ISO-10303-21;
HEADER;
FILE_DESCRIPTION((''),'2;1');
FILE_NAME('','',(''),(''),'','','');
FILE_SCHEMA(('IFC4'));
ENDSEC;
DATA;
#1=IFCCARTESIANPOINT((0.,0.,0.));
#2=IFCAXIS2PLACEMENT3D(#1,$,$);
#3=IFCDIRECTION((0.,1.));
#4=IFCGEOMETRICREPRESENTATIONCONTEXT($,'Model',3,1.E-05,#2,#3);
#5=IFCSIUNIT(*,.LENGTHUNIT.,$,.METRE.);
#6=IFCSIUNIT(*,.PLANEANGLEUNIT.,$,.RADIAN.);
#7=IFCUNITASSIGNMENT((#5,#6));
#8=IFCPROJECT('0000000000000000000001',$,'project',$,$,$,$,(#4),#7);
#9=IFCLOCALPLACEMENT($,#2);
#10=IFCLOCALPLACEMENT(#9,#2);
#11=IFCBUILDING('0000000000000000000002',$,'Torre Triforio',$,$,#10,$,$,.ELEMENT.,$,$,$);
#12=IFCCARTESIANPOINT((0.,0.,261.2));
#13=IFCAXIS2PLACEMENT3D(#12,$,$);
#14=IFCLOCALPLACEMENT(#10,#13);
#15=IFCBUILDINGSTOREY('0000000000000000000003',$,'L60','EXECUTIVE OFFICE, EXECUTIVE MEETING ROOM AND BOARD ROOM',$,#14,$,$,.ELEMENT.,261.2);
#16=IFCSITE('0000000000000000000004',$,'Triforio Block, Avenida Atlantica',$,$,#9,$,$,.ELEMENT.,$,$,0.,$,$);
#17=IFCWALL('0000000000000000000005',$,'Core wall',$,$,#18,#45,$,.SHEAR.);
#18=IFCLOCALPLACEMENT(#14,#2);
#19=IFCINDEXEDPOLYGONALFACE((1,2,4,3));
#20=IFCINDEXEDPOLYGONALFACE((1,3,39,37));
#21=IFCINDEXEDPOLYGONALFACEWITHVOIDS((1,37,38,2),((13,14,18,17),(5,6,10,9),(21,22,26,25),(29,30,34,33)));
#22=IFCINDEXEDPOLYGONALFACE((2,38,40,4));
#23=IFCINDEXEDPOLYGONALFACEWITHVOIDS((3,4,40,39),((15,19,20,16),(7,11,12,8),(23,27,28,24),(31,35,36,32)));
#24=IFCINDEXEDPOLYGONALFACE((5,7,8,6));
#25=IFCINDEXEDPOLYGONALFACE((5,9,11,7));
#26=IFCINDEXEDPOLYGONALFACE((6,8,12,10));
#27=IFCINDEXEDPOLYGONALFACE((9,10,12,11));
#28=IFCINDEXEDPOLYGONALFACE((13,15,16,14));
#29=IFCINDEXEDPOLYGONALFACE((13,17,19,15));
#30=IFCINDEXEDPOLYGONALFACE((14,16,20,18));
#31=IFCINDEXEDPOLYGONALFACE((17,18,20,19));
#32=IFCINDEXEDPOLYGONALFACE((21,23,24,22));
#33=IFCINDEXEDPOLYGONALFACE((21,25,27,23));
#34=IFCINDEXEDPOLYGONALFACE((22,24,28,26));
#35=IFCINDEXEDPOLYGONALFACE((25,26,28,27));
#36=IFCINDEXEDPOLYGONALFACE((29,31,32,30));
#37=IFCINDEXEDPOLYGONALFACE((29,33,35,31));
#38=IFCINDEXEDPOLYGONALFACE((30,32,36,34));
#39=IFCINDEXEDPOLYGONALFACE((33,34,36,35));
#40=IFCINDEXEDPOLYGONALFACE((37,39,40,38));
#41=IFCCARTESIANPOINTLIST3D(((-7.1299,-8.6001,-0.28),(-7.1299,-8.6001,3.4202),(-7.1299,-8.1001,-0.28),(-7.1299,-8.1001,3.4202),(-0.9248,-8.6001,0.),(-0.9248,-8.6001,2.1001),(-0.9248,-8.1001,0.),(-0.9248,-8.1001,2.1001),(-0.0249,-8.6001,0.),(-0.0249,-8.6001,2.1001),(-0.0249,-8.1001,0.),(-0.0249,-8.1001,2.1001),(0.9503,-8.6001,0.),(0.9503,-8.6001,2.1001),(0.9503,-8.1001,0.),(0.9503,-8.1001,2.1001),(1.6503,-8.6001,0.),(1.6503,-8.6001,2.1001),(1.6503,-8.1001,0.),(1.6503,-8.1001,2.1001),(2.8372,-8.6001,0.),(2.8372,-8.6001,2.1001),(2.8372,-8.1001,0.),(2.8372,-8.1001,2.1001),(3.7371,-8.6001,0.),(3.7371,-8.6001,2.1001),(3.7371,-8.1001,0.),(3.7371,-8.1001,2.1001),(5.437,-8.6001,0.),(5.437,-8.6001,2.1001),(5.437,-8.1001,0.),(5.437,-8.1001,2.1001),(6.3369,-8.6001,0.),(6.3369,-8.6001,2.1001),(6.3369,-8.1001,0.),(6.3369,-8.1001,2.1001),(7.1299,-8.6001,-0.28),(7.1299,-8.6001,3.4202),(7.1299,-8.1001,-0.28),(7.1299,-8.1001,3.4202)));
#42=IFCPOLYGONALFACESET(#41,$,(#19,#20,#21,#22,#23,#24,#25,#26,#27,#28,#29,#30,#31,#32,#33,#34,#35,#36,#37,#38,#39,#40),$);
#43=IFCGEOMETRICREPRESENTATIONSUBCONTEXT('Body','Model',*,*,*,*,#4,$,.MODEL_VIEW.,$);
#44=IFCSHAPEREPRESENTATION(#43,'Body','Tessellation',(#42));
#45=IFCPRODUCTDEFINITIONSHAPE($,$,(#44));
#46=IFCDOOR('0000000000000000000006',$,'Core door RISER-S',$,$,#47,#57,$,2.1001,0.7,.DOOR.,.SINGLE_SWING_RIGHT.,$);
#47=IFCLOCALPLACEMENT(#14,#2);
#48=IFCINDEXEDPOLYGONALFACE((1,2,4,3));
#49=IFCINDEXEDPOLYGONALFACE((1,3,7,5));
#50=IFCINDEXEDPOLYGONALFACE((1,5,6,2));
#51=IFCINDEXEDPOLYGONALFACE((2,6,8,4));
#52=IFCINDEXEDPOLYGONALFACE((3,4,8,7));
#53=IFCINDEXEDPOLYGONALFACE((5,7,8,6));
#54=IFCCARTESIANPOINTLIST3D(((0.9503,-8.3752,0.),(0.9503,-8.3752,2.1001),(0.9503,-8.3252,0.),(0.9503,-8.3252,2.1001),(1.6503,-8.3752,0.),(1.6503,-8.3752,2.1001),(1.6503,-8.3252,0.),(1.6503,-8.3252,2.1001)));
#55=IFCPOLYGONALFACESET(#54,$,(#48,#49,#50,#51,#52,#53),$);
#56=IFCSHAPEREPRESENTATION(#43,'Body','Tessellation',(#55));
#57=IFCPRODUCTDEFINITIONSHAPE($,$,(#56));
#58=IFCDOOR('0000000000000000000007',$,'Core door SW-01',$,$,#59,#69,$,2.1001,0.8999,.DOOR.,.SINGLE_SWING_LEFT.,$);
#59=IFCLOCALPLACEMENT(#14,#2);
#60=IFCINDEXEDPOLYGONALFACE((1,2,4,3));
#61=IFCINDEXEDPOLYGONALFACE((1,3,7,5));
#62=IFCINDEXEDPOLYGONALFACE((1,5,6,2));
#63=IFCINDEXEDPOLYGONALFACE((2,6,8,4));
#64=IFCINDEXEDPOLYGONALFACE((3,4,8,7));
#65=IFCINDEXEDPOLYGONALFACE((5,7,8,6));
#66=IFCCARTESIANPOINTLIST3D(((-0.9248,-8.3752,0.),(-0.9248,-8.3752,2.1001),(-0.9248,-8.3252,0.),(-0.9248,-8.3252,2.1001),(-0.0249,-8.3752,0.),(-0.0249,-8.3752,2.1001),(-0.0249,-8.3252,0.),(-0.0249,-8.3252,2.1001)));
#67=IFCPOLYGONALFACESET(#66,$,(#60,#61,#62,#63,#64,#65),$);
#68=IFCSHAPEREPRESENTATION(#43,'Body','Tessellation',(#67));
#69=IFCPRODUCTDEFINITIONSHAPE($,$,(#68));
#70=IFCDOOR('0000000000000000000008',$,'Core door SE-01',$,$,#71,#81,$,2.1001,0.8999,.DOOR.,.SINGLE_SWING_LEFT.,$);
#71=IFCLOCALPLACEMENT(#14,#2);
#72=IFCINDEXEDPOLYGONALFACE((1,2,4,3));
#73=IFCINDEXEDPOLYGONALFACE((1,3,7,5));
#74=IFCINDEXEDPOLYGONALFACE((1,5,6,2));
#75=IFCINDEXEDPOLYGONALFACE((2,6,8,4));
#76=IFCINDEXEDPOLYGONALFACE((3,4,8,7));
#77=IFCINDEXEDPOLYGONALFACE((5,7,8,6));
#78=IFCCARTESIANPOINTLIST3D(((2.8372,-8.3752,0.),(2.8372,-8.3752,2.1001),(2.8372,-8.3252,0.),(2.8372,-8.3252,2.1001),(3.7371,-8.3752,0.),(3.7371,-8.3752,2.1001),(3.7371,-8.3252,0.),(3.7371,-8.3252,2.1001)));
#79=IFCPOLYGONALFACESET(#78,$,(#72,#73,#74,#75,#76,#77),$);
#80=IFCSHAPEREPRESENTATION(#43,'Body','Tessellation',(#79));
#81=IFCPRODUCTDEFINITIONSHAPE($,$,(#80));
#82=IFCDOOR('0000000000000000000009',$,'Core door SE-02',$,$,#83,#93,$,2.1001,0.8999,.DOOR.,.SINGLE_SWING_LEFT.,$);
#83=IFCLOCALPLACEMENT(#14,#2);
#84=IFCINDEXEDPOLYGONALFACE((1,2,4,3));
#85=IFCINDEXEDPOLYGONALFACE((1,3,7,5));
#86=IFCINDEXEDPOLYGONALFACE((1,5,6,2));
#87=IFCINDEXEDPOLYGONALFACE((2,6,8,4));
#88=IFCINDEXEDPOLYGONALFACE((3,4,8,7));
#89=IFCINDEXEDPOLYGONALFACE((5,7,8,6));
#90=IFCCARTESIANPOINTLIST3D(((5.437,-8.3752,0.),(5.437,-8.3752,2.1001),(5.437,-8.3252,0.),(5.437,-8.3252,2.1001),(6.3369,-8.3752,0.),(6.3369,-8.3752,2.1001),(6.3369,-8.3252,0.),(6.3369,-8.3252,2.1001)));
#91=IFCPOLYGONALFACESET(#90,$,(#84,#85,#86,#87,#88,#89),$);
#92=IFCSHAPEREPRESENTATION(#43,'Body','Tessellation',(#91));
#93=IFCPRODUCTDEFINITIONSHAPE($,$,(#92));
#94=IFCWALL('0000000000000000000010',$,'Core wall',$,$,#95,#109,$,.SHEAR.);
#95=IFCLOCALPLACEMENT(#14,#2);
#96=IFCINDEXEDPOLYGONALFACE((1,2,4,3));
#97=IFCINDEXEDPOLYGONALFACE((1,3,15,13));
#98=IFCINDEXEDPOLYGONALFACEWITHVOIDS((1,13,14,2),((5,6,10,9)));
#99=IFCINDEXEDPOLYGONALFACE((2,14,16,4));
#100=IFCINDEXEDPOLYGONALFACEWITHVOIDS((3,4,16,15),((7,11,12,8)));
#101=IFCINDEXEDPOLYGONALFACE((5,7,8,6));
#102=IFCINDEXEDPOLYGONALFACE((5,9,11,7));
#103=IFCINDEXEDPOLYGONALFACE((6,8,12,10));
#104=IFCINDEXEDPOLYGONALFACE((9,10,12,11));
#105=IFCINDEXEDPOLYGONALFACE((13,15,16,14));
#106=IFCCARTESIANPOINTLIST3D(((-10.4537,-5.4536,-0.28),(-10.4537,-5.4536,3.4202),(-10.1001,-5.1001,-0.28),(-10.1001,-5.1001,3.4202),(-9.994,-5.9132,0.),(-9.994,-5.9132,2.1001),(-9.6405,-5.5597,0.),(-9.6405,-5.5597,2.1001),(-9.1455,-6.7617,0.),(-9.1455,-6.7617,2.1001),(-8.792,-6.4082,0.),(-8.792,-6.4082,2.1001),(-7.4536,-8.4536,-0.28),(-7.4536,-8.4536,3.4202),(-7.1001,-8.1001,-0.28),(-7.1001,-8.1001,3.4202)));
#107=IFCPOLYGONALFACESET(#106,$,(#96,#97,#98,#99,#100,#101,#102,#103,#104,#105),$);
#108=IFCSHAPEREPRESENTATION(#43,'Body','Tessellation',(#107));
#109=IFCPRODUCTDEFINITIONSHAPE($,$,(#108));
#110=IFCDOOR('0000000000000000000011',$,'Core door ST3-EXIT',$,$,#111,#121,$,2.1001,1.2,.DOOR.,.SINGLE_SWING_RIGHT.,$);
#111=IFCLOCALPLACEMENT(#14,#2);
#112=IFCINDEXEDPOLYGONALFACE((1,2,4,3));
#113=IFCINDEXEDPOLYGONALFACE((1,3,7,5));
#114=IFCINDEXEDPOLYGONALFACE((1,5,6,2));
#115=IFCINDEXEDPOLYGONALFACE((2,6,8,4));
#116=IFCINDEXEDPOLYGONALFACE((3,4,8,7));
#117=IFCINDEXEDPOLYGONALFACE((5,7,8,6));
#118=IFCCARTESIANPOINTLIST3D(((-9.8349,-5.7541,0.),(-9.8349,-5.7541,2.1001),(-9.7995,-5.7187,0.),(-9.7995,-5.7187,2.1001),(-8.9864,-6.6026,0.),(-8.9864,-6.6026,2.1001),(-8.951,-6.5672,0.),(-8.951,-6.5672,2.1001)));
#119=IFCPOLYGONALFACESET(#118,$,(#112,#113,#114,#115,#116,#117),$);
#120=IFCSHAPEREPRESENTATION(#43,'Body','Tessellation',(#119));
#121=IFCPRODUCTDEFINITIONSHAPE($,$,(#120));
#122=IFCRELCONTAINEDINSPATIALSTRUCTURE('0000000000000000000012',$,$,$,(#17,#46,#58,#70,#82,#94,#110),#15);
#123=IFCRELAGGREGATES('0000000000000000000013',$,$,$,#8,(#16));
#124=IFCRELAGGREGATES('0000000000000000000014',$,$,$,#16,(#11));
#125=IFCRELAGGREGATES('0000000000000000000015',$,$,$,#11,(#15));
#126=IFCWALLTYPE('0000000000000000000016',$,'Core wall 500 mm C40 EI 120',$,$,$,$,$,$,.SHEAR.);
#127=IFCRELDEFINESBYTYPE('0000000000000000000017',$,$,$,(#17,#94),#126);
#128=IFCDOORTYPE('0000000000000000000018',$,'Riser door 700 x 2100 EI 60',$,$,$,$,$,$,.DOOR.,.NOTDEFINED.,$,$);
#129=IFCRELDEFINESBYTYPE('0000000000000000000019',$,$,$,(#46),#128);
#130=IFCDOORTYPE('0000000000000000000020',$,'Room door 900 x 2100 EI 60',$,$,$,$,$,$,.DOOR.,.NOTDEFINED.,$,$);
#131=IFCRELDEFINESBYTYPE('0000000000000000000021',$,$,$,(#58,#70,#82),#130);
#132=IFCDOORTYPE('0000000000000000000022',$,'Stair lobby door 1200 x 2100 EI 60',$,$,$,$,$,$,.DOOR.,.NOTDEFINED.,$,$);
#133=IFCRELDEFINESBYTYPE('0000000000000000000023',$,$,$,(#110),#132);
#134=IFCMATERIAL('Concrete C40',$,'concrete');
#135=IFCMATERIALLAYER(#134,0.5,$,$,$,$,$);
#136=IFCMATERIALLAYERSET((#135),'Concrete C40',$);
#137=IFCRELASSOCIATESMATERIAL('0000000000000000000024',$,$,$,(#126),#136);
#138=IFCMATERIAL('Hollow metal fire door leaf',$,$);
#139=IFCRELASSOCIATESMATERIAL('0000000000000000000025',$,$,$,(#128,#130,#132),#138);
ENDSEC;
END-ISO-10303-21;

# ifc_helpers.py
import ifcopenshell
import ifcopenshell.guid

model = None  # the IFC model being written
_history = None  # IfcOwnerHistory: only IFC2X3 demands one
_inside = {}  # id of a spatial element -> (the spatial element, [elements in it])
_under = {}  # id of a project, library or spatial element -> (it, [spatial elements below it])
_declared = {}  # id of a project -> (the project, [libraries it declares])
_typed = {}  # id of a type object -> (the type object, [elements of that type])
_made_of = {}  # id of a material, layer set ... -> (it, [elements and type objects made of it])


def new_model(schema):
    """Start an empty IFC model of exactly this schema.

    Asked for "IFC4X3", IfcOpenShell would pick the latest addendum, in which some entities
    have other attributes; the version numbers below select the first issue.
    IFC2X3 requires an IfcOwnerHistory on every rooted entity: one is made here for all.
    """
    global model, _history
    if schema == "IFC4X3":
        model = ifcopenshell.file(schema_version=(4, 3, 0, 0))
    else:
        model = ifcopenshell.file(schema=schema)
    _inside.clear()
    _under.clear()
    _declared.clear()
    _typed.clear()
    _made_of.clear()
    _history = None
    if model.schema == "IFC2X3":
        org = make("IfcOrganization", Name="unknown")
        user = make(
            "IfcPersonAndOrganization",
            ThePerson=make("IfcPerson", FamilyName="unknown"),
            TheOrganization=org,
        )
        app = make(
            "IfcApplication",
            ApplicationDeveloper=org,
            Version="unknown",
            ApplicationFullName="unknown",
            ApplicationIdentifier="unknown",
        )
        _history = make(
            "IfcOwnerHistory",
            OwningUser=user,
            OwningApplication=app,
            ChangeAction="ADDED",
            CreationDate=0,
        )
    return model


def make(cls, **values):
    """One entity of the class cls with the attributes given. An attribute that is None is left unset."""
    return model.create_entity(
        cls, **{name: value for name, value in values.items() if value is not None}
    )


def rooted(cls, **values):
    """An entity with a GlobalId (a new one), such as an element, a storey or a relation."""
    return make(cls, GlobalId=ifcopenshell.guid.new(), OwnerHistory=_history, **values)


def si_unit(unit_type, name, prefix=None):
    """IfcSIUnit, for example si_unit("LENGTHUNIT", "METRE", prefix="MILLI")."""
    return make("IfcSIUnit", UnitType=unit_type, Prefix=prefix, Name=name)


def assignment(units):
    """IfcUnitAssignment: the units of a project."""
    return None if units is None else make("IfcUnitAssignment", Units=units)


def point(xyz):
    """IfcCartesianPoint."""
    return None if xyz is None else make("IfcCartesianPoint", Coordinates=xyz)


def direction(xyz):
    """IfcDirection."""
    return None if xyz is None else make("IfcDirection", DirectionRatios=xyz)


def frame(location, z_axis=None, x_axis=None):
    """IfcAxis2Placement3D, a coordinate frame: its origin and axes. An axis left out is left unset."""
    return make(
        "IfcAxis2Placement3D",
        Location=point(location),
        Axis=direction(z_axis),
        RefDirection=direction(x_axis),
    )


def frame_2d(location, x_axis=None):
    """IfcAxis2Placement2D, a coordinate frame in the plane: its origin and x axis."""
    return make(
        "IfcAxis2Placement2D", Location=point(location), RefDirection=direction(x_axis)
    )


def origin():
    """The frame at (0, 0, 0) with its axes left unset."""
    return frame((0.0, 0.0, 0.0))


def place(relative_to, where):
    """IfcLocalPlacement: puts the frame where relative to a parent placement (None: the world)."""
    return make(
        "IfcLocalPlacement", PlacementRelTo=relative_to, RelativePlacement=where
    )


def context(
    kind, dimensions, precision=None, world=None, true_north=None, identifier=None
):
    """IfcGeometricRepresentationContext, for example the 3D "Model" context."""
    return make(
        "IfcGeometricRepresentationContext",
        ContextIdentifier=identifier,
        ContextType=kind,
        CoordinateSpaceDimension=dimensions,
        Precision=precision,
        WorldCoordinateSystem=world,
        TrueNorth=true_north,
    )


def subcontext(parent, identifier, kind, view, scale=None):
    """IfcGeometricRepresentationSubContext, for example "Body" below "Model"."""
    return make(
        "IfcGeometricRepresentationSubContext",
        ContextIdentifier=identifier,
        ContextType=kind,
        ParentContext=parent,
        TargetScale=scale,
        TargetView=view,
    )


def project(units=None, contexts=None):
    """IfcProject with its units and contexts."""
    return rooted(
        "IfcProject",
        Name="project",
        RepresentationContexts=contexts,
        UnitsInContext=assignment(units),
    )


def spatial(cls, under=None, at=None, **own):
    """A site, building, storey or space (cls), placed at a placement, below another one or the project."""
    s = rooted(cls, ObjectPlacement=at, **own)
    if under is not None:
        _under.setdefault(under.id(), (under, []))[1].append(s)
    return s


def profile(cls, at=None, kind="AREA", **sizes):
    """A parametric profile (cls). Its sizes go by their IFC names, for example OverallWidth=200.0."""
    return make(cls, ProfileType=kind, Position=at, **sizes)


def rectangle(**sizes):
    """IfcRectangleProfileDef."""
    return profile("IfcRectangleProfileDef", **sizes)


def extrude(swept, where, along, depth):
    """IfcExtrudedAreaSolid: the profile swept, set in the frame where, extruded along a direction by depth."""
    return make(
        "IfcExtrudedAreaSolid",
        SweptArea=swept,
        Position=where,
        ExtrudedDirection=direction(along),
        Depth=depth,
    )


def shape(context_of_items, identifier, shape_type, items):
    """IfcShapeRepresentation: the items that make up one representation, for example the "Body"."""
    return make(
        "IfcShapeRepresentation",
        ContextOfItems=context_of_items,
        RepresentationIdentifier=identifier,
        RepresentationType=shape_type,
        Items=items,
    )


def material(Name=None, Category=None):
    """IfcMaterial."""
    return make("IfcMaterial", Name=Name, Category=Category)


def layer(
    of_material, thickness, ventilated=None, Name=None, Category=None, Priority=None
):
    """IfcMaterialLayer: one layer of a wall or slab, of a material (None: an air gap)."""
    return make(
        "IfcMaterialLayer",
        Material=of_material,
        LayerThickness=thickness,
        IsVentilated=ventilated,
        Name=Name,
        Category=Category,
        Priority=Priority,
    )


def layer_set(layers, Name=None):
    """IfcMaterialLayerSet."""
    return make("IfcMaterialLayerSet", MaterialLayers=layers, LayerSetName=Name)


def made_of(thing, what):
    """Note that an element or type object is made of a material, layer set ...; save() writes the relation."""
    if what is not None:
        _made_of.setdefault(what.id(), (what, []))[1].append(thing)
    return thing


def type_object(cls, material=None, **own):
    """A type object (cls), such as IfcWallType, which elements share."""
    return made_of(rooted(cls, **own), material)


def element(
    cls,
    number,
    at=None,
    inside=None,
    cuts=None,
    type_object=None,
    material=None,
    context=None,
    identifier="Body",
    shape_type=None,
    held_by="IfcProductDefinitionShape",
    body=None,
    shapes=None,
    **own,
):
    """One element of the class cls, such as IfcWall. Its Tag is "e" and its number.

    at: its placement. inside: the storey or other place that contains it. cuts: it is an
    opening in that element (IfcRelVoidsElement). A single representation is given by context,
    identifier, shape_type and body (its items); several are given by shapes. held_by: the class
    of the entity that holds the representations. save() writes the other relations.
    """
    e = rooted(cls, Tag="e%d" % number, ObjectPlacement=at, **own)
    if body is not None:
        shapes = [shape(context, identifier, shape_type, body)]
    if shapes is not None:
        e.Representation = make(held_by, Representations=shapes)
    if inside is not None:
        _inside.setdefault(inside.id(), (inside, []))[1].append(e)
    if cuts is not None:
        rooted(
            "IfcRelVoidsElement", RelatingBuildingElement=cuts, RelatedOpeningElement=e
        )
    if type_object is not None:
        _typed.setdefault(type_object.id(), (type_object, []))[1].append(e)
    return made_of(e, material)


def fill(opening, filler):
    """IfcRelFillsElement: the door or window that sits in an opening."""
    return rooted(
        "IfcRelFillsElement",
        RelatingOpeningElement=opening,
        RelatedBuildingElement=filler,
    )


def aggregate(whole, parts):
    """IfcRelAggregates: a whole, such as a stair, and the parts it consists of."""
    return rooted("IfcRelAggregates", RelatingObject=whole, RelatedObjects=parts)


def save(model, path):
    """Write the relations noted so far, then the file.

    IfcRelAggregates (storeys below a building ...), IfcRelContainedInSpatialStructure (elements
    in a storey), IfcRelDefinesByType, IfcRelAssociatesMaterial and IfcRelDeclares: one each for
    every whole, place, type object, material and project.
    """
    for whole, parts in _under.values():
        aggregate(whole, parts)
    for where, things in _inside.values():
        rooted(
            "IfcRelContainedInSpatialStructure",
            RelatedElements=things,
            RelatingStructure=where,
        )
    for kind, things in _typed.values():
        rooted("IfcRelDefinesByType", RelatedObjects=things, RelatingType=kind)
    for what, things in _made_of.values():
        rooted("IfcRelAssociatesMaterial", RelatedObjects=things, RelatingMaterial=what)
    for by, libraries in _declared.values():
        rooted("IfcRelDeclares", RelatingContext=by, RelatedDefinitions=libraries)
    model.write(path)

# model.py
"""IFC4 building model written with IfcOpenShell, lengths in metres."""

from ifc_helpers import new_model, si_unit, direction, frame, frame_2d, origin, place, context, subcontext, project, spatial, rectangle, extrude, material, layer, layer_set, type_object, element, fill, save


model = new_model("IFC4")

# Units and contexts
model_context = context("Model", 3, precision=1e-05, world=origin(), true_north=direction((0.0, 1.0)))
body_context = subcontext(model_context, "Body", "Model", "MODEL_VIEW")
ifc_project = project(units=[si_unit("LENGTHUNIT", "METRE"), si_unit("PLANEANGLEUNIT", "RADIAN")], contexts=[model_context])

# Site, building, storey
site_placement = place(None, origin())
site = spatial("IfcSite", under=ifc_project, at=site_placement, Name="Triforio Block, Avenida Atlantica", CompositionType="ELEMENT", RefElevation=0.0)
building_placement = place(site_placement, origin())
building = spatial("IfcBuilding", under=site, at=building_placement, Name="Torre Triforio", CompositionType="ELEMENT")
storey_placement = place(building_placement, frame((0.0, 0.0, 261.2)))
storey = spatial("IfcBuildingStorey", under=building, at=storey_placement, Name="L60", Description="EXECUTIVE OFFICE, EXECUTIVE MEETING ROOM AND BOARD ROOM", CompositionType="ELEMENT", Elevation=261.2)

# Shared definitions
ifc_material_1 = material(Name="Concrete C40", Category="concrete")

# Wall, openings, doors
ifc_layer_1 = layer(ifc_material_1, 0.5)
ifc_layer_set_1 = layer_set([ifc_layer_1], Name="Concrete C40")
wall_type_1 = type_object("IfcWallType", Name="Core wall 500 mm C40 EI 120", PredefinedType="SHEAR", material=ifc_layer_set_1)
wall_1_placement = place(storey_placement, frame((-7.1299, -8.3501, -0.28), z_axis=(0.0, 0.0, 1.0), x_axis=(1.0, 0.0, 0.0)))
wall_1 = element("IfcWall", 1, at=wall_1_placement, inside=storey, type_object=wall_type_1, Name="Core wall", PredefinedType="SHEAR", context=body_context, shape_type="SweptSolid", body=[
    extrude(rectangle(XDim=14.2598, YDim=0.5, at=frame_2d((7.1299, 0.0))), origin(), (0.0, 0.0, 1.0), 3.7002),
])
opening_1_placement = place(wall_1_placement, frame((8.0801, 0.0, 0.28)))
opening_1 = element("IfcOpeningElement", 2, at=opening_1_placement, cuts=wall_1, PredefinedType="OPENING", context=body_context, shape_type="SweptSolid", body=[
    extrude(rectangle(XDim=0.7, YDim=2.1001, at=frame_2d((0.3501, 1.05))), frame((0.0, 0.26, 0.0), z_axis=(0.0, -1.0, 0.0), x_axis=(1.0, 0.0, 0.0)), (0.0, 0.0, 1.0), 0.52),
])
opening_2_placement = place(wall_1_placement, frame((6.2051, 0.0, 0.28)))
opening_2 = element("IfcOpeningElement", 3, at=opening_2_placement, cuts=wall_1, PredefinedType="OPENING", context=body_context, shape_type="SweptSolid", body=[
    extrude(rectangle(XDim=0.8999, YDim=2.1001, at=frame_2d((0.45, 1.05))), frame((0.0, 0.26, 0.0), z_axis=(0.0, -1.0, 0.0), x_axis=(1.0, 0.0, 0.0)), (0.0, 0.0, 1.0), 0.52),
])
opening_3_placement = place(wall_1_placement, frame((9.967, 0.0, 0.28)))
opening_3 = element("IfcOpeningElement", 4, at=opening_3_placement, cuts=wall_1, PredefinedType="OPENING", context=body_context, shape_type="SweptSolid", body=[
    extrude(rectangle(XDim=0.8999, YDim=2.1001, at=frame_2d((0.45, 1.05))), frame((0.0, 0.26, 0.0), z_axis=(0.0, -1.0, 0.0), x_axis=(1.0, 0.0, 0.0)), (0.0, 0.0, 1.0), 0.52),
])
opening_4_placement = place(wall_1_placement, frame((12.5669, 0.0, 0.28)))
opening_4 = element("IfcOpeningElement", 5, at=opening_4_placement, cuts=wall_1, PredefinedType="OPENING", context=body_context, shape_type="SweptSolid", body=[
    extrude(rectangle(XDim=0.8999, YDim=2.1001, at=frame_2d((0.45, 1.05))), frame((0.0, 0.26, 0.0), z_axis=(0.0, -1.0, 0.0), x_axis=(1.0, 0.0, 0.0)), (0.0, 0.0, 1.0), 0.52),
])
ifc_material_2 = material(Name="Hollow metal fire door leaf")
door_type_1 = type_object("IfcDoorType", Name="Riser door 700 x 2100 EI 60", OperationType="NOTDEFINED", PredefinedType="DOOR", material=ifc_material_2)
door_1_placement = place(opening_1_placement, origin())
door_1 = element("IfcDoor", 6, at=door_1_placement, inside=storey, type_object=door_type_1, Name="Core door RISER-S", OperationType="SINGLE_SWING_RIGHT", OverallHeight=2.1001, OverallWidth=0.7, PredefinedType="DOOR", context=body_context, shape_type="SweptSolid", body=[
    extrude(rectangle(XDim=0.7, YDim=2.1001, at=frame_2d((0.3501, 1.05))), frame((0.0, 0.0249, 0.0), z_axis=(0.0, -1.0, 0.0), x_axis=(1.0, 0.0, 0.0)), (0.0, 0.0, 1.0), 0.05),
])
fill(opening_1, door_1)
door_type_2 = type_object("IfcDoorType", Name="Room door 900 x 2100 EI 60", OperationType="NOTDEFINED", PredefinedType="DOOR", material=ifc_material_2)
door_2_placement = place(opening_2_placement, origin())
door_2 = element("IfcDoor", 7, at=door_2_placement, inside=storey, type_object=door_type_2, Name="Core door SW-01", OperationType="SINGLE_SWING_LEFT", OverallHeight=2.1001, OverallWidth=0.8999, PredefinedType="DOOR", context=body_context, shape_type="SweptSolid", body=[
    extrude(rectangle(XDim=0.8999, YDim=2.1001, at=frame_2d((0.45, 1.05))), frame((0.0, 0.0249, 0.0), z_axis=(0.0, -1.0, 0.0), x_axis=(1.0, 0.0, 0.0)), (0.0, 0.0, 1.0), 0.05),
])
fill(opening_2, door_2)
door_3_placement = place(opening_3_placement, origin())
door_3 = element("IfcDoor", 8, at=door_3_placement, inside=storey, type_object=door_type_2, Name="Core door SE-01", OperationType="SINGLE_SWING_LEFT", OverallHeight=2.1001, OverallWidth=0.8999, PredefinedType="DOOR", context=body_context, shape_type="SweptSolid", body=[
    extrude(rectangle(XDim=0.8999, YDim=2.1001, at=frame_2d((0.45, 1.05))), frame((0.0, 0.0249, 0.0), z_axis=(0.0, -1.0, 0.0), x_axis=(1.0, 0.0, 0.0)), (0.0, 0.0, 1.0), 0.05),
])
fill(opening_3, door_3)
door_4_placement = place(opening_4_placement, origin())
door_4 = element("IfcDoor", 9, at=door_4_placement, inside=storey, type_object=door_type_2, Name="Core door SE-02", OperationType="SINGLE_SWING_LEFT", OverallHeight=2.1001, OverallWidth=0.8999, PredefinedType="DOOR", context=body_context, shape_type="SweptSolid", body=[
    extrude(rectangle(XDim=0.8999, YDim=2.1001, at=frame_2d((0.45, 1.05))), frame((0.0, 0.0249, 0.0), z_axis=(0.0, -1.0, 0.0), x_axis=(1.0, 0.0, 0.0)), (0.0, 0.0, 1.0), 0.05),
])
fill(opening_4, door_4)

# Wall, opening, door
wall_2_placement = place(storey_placement, frame((-7.2769, -8.2769, -0.28), z_axis=(0.0, 0.0, 1.0), x_axis=(-0.707107, 0.707107, 0.0)))
wall_2 = element("IfcWall", 10, at=wall_2_placement, inside=storey, type_object=wall_type_1, Name="Core wall", PredefinedType="SHEAR", context=body_context, shape_type="SweptSolid", body=[
    extrude(rectangle(XDim=4.2427, YDim=0.5, at=frame_2d((2.1213, 0.0))), origin(), (0.0, 0.0, 1.0), 3.7002),
])
opening_5_placement = place(wall_2_placement, frame((2.3926, 0.0, 0.28)))
opening_5 = element("IfcOpeningElement", 11, at=opening_5_placement, cuts=wall_2, PredefinedType="OPENING", context=body_context, shape_type="SweptSolid", body=[
    extrude(rectangle(XDim=1.2, YDim=2.1001, at=frame_2d((0.6001, 1.05))), frame((0.0, 0.26, 0.0), z_axis=(0.0, -1.0, 0.0), x_axis=(1.0, 0.0, 0.0)), (0.0, 0.0, 1.0), 0.52),
])
door_type_3 = type_object("IfcDoorType", Name="Stair lobby door 1200 x 2100 EI 60", OperationType="NOTDEFINED", PredefinedType="DOOR", material=ifc_material_2)
door_5_placement = place(opening_5_placement, origin())
door_5 = element("IfcDoor", 12, at=door_5_placement, inside=storey, type_object=door_type_3, Name="Core door ST3-EXIT", OperationType="SINGLE_SWING_RIGHT", OverallHeight=2.1001, OverallWidth=1.2, PredefinedType="DOOR", context=body_context, shape_type="SweptSolid", body=[
    extrude(rectangle(XDim=1.2, YDim=2.1001, at=frame_2d((0.6001, 1.05))), frame((0.0, 0.0249, 0.0), z_axis=(0.0, -1.0, 0.0), x_axis=(1.0, 0.0, 0.0)), (0.0, 0.0, 1.0), 0.05),
])
fill(opening_5, door_5)

save(model, "model.ifc")
